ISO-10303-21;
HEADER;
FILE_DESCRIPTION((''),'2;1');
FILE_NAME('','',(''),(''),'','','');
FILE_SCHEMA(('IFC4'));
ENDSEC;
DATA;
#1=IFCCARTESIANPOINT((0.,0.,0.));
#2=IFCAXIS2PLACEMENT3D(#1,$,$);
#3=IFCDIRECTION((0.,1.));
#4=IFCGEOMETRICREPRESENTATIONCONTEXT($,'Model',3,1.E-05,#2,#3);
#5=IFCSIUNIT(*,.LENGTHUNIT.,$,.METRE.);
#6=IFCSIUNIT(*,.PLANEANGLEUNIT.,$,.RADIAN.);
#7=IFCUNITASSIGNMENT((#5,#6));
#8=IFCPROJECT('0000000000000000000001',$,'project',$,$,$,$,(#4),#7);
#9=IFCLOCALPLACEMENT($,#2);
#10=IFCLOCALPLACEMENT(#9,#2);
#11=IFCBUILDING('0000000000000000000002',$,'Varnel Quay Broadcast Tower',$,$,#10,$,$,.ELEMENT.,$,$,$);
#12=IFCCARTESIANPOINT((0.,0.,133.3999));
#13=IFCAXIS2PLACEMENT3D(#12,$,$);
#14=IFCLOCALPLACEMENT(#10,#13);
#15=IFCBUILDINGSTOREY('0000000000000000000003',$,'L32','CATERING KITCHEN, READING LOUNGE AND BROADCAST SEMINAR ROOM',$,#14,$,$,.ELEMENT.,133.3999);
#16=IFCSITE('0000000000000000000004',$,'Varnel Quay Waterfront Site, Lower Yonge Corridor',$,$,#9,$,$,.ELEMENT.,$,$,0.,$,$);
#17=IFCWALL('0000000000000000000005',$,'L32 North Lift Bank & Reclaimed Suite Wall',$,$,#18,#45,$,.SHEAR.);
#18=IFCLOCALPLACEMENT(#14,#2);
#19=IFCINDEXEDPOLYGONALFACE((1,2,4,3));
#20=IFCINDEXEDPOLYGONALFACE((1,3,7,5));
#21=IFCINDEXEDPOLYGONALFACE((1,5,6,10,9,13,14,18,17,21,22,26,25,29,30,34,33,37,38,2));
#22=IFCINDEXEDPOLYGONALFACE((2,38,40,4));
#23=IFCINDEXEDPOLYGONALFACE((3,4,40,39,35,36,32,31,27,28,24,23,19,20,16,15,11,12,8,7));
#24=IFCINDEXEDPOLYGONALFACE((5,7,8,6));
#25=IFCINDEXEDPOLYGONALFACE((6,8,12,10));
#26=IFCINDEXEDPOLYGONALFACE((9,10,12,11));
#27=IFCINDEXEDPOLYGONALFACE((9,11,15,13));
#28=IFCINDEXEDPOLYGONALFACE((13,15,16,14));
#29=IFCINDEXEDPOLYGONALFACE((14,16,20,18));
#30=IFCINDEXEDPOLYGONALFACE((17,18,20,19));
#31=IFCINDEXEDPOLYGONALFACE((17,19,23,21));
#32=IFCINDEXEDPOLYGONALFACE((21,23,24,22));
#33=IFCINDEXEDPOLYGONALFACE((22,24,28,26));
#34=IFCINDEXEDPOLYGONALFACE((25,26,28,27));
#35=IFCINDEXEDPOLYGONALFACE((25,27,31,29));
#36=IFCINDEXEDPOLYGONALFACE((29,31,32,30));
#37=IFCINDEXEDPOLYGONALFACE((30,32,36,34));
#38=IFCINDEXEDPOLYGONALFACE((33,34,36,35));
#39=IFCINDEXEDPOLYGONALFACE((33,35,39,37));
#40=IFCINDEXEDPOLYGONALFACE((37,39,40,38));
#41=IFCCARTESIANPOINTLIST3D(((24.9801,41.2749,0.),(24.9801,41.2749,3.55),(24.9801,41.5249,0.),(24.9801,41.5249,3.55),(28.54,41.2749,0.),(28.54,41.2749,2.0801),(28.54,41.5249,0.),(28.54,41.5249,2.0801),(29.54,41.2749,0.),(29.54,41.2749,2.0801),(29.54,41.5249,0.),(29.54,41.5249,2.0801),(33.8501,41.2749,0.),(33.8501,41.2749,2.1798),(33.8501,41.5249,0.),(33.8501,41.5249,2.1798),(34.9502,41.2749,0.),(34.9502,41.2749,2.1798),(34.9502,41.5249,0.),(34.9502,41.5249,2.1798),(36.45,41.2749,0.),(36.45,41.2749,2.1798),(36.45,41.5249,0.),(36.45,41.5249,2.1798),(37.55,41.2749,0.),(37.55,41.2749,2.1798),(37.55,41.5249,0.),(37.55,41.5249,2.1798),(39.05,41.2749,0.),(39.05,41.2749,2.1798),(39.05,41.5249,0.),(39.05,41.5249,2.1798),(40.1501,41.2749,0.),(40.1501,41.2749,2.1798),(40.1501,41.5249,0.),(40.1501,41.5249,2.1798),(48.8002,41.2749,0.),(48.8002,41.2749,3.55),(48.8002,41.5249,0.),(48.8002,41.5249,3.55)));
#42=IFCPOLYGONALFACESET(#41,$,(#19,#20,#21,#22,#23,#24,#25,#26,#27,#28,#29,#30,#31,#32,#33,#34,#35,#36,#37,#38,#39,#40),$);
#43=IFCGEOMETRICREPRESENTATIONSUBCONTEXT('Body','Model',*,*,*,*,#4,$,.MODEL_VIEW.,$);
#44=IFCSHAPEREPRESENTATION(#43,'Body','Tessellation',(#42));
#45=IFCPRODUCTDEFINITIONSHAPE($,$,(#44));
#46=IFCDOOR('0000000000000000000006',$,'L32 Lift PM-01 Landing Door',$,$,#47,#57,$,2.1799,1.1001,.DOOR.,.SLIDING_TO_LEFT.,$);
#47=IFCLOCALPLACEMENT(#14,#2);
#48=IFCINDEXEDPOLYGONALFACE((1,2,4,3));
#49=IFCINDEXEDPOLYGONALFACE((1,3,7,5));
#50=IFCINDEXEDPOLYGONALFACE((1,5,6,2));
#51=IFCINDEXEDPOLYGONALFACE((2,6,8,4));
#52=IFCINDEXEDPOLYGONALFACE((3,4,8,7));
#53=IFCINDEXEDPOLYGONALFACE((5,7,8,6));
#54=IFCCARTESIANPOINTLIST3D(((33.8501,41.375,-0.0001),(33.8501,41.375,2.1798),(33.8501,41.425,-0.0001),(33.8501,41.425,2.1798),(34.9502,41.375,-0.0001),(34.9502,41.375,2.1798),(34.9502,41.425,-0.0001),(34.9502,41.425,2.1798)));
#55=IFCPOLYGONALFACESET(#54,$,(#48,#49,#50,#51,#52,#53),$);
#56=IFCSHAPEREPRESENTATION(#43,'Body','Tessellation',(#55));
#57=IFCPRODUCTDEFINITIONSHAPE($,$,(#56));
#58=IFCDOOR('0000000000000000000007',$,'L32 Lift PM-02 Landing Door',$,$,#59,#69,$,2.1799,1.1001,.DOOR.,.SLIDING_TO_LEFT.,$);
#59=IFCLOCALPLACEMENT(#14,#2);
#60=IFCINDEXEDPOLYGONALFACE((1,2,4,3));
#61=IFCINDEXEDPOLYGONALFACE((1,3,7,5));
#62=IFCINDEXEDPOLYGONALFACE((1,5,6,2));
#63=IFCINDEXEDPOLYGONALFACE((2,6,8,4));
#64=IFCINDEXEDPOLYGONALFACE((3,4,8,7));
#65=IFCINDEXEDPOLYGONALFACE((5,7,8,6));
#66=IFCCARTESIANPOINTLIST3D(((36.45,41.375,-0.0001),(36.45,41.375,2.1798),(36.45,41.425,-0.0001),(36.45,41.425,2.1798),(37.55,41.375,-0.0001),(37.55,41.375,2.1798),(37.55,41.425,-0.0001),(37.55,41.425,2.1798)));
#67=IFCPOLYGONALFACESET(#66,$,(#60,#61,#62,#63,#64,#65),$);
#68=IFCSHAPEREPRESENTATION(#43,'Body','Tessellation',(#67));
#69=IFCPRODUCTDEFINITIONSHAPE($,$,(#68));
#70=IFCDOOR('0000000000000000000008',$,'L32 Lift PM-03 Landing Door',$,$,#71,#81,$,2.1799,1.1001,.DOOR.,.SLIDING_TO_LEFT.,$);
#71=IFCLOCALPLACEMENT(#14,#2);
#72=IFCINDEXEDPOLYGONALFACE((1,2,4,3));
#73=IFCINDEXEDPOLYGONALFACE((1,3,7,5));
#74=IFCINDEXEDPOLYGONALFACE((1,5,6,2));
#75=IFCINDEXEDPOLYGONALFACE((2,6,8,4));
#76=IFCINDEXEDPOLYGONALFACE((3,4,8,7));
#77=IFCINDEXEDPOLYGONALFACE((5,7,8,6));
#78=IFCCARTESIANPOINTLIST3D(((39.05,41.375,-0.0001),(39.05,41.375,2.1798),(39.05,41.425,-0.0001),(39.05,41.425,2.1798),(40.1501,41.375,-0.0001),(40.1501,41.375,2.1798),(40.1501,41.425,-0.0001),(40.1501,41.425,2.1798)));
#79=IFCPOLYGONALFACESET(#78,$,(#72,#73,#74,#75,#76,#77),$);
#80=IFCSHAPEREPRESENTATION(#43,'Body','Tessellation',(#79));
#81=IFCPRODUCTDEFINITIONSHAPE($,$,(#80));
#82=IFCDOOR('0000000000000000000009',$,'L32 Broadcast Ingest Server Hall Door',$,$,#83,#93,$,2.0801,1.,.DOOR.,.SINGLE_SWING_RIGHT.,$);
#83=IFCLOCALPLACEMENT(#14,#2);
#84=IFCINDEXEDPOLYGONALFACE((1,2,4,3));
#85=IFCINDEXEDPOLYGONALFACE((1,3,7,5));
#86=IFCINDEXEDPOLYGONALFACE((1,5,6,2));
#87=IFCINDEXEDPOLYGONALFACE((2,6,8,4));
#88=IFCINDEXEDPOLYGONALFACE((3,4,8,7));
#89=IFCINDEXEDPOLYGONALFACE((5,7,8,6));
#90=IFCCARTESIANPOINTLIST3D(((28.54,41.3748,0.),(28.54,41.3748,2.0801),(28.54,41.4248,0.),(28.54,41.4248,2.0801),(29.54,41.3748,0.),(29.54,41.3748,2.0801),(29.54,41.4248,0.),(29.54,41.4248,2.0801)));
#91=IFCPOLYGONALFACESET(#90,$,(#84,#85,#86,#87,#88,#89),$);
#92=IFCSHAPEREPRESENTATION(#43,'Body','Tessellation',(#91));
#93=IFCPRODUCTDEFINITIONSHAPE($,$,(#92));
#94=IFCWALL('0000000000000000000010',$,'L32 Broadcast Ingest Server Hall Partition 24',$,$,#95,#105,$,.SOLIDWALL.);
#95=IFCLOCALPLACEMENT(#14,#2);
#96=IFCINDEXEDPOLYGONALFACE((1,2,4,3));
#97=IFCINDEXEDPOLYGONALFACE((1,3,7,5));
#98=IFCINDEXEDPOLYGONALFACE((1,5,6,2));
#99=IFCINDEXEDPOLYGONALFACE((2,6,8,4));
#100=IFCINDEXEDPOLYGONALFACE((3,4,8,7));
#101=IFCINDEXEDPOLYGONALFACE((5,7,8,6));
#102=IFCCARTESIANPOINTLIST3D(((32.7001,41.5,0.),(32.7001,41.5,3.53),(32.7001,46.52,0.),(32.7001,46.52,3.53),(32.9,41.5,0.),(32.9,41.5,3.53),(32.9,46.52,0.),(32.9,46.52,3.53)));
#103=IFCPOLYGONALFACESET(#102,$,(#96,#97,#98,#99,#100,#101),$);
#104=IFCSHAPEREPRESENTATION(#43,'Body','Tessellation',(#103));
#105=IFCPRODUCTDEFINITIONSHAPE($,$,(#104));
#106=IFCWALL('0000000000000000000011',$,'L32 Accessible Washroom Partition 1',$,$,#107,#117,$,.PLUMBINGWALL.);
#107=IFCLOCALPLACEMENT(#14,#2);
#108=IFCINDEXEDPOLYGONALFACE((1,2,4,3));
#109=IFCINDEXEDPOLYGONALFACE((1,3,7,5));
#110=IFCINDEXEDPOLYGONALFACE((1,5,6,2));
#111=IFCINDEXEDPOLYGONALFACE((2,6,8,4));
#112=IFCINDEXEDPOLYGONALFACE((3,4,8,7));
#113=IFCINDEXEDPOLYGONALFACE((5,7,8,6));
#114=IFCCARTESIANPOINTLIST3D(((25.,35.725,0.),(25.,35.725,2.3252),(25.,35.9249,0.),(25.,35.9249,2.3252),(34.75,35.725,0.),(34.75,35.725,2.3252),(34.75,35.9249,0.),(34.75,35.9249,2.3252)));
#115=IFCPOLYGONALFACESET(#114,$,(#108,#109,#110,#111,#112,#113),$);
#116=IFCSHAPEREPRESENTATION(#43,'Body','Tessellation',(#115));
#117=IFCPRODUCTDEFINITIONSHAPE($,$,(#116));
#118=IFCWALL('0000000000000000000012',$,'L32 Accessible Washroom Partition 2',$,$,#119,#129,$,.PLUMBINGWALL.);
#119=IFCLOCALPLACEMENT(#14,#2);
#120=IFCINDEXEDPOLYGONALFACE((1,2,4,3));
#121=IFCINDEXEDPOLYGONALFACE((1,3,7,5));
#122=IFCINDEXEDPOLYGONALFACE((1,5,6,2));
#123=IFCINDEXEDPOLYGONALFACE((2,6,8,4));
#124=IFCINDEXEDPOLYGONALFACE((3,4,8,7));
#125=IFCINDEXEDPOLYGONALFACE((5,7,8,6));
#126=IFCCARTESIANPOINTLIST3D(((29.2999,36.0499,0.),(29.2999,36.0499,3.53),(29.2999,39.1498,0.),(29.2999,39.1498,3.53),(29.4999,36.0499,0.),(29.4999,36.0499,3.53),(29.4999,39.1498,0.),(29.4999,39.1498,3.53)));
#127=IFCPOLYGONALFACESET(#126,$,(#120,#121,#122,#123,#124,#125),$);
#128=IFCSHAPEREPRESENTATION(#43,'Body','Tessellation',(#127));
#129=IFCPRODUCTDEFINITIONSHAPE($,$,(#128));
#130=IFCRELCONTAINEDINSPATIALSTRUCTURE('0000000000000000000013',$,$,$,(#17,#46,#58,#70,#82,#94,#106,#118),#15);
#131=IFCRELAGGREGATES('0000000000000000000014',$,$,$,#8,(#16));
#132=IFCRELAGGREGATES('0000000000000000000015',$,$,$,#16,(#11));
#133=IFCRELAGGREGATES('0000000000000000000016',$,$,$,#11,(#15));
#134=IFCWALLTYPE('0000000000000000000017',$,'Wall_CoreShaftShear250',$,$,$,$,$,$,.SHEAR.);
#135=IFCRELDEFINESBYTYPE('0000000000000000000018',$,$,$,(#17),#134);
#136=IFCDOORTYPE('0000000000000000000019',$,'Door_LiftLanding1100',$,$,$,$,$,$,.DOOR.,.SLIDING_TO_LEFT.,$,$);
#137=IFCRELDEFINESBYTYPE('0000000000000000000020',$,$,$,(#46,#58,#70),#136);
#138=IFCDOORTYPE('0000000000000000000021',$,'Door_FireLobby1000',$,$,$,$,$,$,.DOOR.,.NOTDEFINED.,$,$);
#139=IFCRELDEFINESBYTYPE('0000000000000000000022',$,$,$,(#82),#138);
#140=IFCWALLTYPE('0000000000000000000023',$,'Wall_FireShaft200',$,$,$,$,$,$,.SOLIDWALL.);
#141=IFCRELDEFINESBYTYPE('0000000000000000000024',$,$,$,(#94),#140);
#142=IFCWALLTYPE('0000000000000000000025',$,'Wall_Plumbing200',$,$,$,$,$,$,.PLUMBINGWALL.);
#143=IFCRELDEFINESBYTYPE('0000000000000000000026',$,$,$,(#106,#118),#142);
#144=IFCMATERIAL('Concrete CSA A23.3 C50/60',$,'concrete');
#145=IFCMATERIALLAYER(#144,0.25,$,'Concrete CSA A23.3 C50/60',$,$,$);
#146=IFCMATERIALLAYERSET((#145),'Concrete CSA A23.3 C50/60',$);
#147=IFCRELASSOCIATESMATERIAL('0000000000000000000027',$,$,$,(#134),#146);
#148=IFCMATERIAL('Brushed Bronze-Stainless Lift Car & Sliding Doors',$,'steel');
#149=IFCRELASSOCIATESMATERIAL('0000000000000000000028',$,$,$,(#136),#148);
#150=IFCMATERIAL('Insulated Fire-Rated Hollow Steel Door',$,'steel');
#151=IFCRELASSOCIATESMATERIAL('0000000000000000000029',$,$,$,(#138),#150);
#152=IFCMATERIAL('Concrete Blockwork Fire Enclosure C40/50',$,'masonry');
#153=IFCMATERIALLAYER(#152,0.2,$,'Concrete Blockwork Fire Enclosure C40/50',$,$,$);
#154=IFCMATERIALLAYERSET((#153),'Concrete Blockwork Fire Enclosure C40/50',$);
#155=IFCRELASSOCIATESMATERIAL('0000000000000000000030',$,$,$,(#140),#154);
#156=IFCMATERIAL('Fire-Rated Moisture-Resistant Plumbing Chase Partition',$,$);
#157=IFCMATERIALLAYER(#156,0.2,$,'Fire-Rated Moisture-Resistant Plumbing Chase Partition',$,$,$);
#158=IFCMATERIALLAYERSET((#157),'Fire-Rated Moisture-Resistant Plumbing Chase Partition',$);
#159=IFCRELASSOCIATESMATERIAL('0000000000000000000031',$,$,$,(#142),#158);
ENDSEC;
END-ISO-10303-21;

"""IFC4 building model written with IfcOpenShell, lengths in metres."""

from ifc_helpers import new_model, si_unit, direction, frame, frame_2d, origin, place, context, subcontext, project, spatial, rectangle, extrude, source, transform, mapped, material, layer, layer_set, type_object, type_shapes, element, fill, save


model = new_model("IFC4")

# Units and contexts
model_context = context("Model", 3, precision=1e-05, world=origin(), true_north=direction((0.0, 1.0)))
body_context = subcontext(model_context, "Body", "Model", "MODEL_VIEW")
ifc_project = project(units=[si_unit("LENGTHUNIT", "METRE"), si_unit("PLANEANGLEUNIT", "RADIAN")], contexts=[model_context])

# Site, building, storey
site_placement = place(None, origin())
site = spatial("IfcSite", under=ifc_project, at=site_placement, Name="Varnel Quay Waterfront Site, Lower Yonge Corridor", CompositionType="ELEMENT", RefElevation=0.0)
building_placement = place(site_placement, origin())
building = spatial("IfcBuilding", under=site, at=building_placement, Name="Varnel Quay Broadcast Tower", CompositionType="ELEMENT")
storey_placement = place(building_placement, frame((0.0, 0.0, 133.3999)))
storey = spatial("IfcBuildingStorey", under=building, at=storey_placement, Name="L32", Description="CATERING KITCHEN, READING LOUNGE AND BROADCAST SEMINAR ROOM", CompositionType="ELEMENT", Elevation=133.3999)

# Shared definitions
ifc_material_1 = material(Name="Concrete CSA A23.3 C50/60", Category="concrete")

# Wall, openings, doors
ifc_layer_1 = layer(ifc_material_1, 0.25, Name="Concrete CSA A23.3 C50/60")
ifc_layer_set_1 = layer_set([ifc_layer_1], Name="Concrete CSA A23.3 C50/60")
wall_type_1 = type_object("IfcWallType", Name="Wall_CoreShaftShear250", PredefinedType="SHEAR", material=ifc_layer_set_1)
wall_1_placement = place(storey_placement, frame((24.98, 41.3999, 0.0), z_axis=(0.0, 0.0, 1.0), x_axis=(1.0, 0.0, 0.0)))
wall_1 = element("IfcWall", 1, at=wall_1_placement, inside=storey, type_object=wall_type_1, Name="L32 North Lift Bank & Reclaimed Suite Wall", PredefinedType="SHEAR", context=body_context, shape_type="SweptSolid", body=[
    extrude(rectangle(XDim=23.8201, YDim=0.25, at=frame_2d((11.9102, 0.0))), origin(), (0.0, 0.0, 1.0), 3.55),
])
opening_1_placement = place(wall_1_placement, frame((8.8701, 0.0, 0.0)))
opening_1 = element("IfcOpeningElement", 2, at=opening_1_placement, cuts=wall_1, PredefinedType="OPENING", context=body_context, shape_type="SweptSolid", body=[
    extrude(rectangle(XDim=1.1001, YDim=2.1799, at=frame_2d((0.55, 1.0898))), frame((0.0, 0.135, 0.0), z_axis=(0.0, -1.0, 0.0), x_axis=(1.0, 0.0, 0.0)), (0.0, 0.0, 1.0), 0.27),
])
opening_2_placement = place(wall_1_placement, frame((11.47, 0.0, 0.0)))
opening_2 = element("IfcOpeningElement", 3, at=opening_2_placement, cuts=wall_1, PredefinedType="OPENING", context=body_context, shape_type="SweptSolid", body=[
    extrude(rectangle(XDim=1.1001, YDim=2.1799, at=frame_2d((0.55, 1.0898))), frame((0.0, 0.135, 0.0), z_axis=(0.0, -1.0, 0.0), x_axis=(1.0, 0.0, 0.0)), (0.0, 0.0, 1.0), 0.27),
])
opening_3_placement = place(wall_1_placement, frame((14.0701, 0.0, 0.0)))
opening_3 = element("IfcOpeningElement", 4, at=opening_3_placement, cuts=wall_1, PredefinedType="OPENING", context=body_context, shape_type="SweptSolid", body=[
    extrude(rectangle(XDim=1.1001, YDim=2.1799, at=frame_2d((0.55, 1.0898))), frame((0.0, 0.135, 0.0), z_axis=(0.0, -1.0, 0.0), x_axis=(1.0, 0.0, 0.0)), (0.0, 0.0, 1.0), 0.27),
])
opening_4_placement = place(wall_1_placement, frame((3.5601, 0.0, 0.0)))
opening_4 = element("IfcOpeningElement", 5, at=opening_4_placement, cuts=wall_1, PredefinedType="OPENING", context=body_context, shape_type="SweptSolid", body=[
    extrude(rectangle(XDim=1.0, YDim=2.0801, at=frame_2d((0.5, 1.04))), frame((0.0, 0.135, 0.0), z_axis=(0.0, -1.0, 0.0), x_axis=(1.0, 0.0, 0.0)), (0.0, 0.0, 1.0), 0.27),
])
ifc_material_2 = material(Name="Brushed Bronze-Stainless Lift Car & Sliding Doors", Category="steel")
door_type_1 = type_object("IfcDoorType", Name="Door_LiftLanding1100", OperationType="SLIDING_TO_LEFT", PredefinedType="DOOR", material=ifc_material_2)
shared_shape_1 = source(origin(), body_context, "Body", "SweptSolid", [
    extrude(rectangle(XDim=1.1001, YDim=2.1799, at=frame_2d((0.55, 1.0898))), frame((0.0, 0.0249, 0.0), z_axis=(0.0, -1.0, 0.0), x_axis=(1.0, 0.0, 0.0)), (0.0, 0.0, 1.0), 0.05),
])
type_shapes(door_type_1, [shared_shape_1])
door_1_placement = place(opening_1_placement, frame((1.1001, 0.0, 0.0), z_axis=(0.0, 0.0, 1.0), x_axis=(-1.0, 0.0, 0.0)))
door_1 = element("IfcDoor", 6, at=door_1_placement, inside=storey, type_object=door_type_1, Name="L32 Lift PM-01 Landing Door", OperationType="SLIDING_TO_LEFT", OverallHeight=2.1799, OverallWidth=1.1001, PredefinedType="DOOR", context=body_context, shape_type="MappedRepresentation", body=[
    mapped(shared_shape_1, transform((0.0, 0.0, 0.0), x_axis=(1.0, 0.0, 0.0), y_axis=(0.0, 1.0, 0.0), z_axis=(0.0, 0.0, 1.0), scale=1.0)),
])
fill(opening_1, door_1)
door_2_placement = place(opening_2_placement, frame((1.1001, 0.0, 0.0), z_axis=(0.0, 0.0, 1.0), x_axis=(-1.0, 0.0, 0.0)))
door_2 = element("IfcDoor", 7, at=door_2_placement, inside=storey, type_object=door_type_1, Name="L32 Lift PM-02 Landing Door", OperationType="SLIDING_TO_LEFT", OverallHeight=2.1799, OverallWidth=1.1001, PredefinedType="DOOR", context=body_context, shape_type="MappedRepresentation", body=[
    mapped(shared_shape_1, transform((0.0, 0.0, 0.0), x_axis=(1.0, 0.0, 0.0), y_axis=(0.0, 1.0, 0.0), z_axis=(0.0, 0.0, 1.0), scale=1.0)),
])
fill(opening_2, door_2)
door_3_placement = place(opening_3_placement, frame((1.1001, 0.0, 0.0), z_axis=(0.0, 0.0, 1.0), x_axis=(-1.0, 0.0, 0.0)))
door_3 = element("IfcDoor", 8, at=door_3_placement, inside=storey, type_object=door_type_1, Name="L32 Lift PM-03 Landing Door", OperationType="SLIDING_TO_LEFT", OverallHeight=2.1799, OverallWidth=1.1001, PredefinedType="DOOR", context=body_context, shape_type="MappedRepresentation", body=[
    mapped(shared_shape_1, transform((0.0, 0.0, 0.0), x_axis=(1.0, 0.0, 0.0), y_axis=(0.0, 1.0, 0.0), z_axis=(0.0, 0.0, 1.0), scale=1.0)),
])
fill(opening_3, door_3)
ifc_material_3 = material(Name="Insulated Fire-Rated Hollow Steel Door", Category="steel")
door_type_2 = type_object("IfcDoorType", Name="Door_FireLobby1000", OperationType="NOTDEFINED", PredefinedType="DOOR", material=ifc_material_3)
shared_shape_2 = source(origin(), body_context, "Body", "SweptSolid", [
    extrude(rectangle(XDim=1.0, YDim=2.0801, at=frame_2d((0.5, 1.04))), frame((0.0, 0.0249, 0.0), z_axis=(0.0, -1.0, 0.0), x_axis=(1.0, 0.0, 0.0)), (0.0, 0.0, 1.0), 0.05),
])
type_shapes(door_type_2, [shared_shape_2])
door_4_placement = place(opening_4_placement, origin())
door_4 = element("IfcDoor", 9, at=door_4_placement, inside=storey, type_object=door_type_2, Name="L32 Broadcast Ingest Server Hall Door", OperationType="SINGLE_SWING_RIGHT", OverallHeight=2.0801, OverallWidth=1.0, PredefinedType="DOOR", context=body_context, shape_type="MappedRepresentation", body=[
    mapped(shared_shape_2, transform((0.0, 0.0, 0.0), x_axis=(1.0, 0.0, 0.0), y_axis=(0.0, 1.0, 0.0), z_axis=(0.0, 0.0, 1.0), scale=1.0)),
])
fill(opening_4, door_4)

# Walls
ifc_material_4 = material(Name="Concrete Blockwork Fire Enclosure C40/50", Category="masonry")
ifc_layer_2 = layer(ifc_material_4, 0.2, Name="Concrete Blockwork Fire Enclosure C40/50")
ifc_layer_set_2 = layer_set([ifc_layer_2], Name="Concrete Blockwork Fire Enclosure C40/50")
wall_type_2 = type_object("IfcWallType", Name="Wall_FireShaft200", PredefinedType="SOLIDWALL", material=ifc_layer_set_2)
wall_2_placement = place(storey_placement, frame((32.8, 41.5, 0.0), z_axis=(0.0, 0.0, 1.0), x_axis=(0.0, 1.0, 0.0)))
element("IfcWall", 10, at=wall_2_placement, inside=storey, type_object=wall_type_2, Name="L32 Broadcast Ingest Server Hall Partition 24", PredefinedType="SOLIDWALL", context=body_context, shape_type="SweptSolid", body=[
    extrude(rectangle(XDim=5.02, YDim=0.2, at=frame_2d((2.51, 0.0))), origin(), (0.0, 0.0, 1.0), 3.53),
])
ifc_material_5 = material(Name="Fire-Rated Moisture-Resistant Plumbing Chase Partition")
ifc_layer_3 = layer(ifc_material_5, 0.2, Name="Fire-Rated Moisture-Resistant Plumbing Chase Partition")
ifc_layer_set_3 = layer_set([ifc_layer_3], Name="Fire-Rated Moisture-Resistant Plumbing Chase Partition")
wall_type_3 = type_object("IfcWallType", Name="Wall_Plumbing200", PredefinedType="PLUMBINGWALL", material=ifc_layer_set_3)
wall_3_placement = place(storey_placement, frame((25.0, 35.825, 0.0), z_axis=(0.0, 0.0, 1.0), x_axis=(1.0, 0.0, 0.0)))
element("IfcWall", 11, at=wall_3_placement, inside=storey, type_object=wall_type_3, Name="L32 Accessible Washroom Partition 1", PredefinedType="PLUMBINGWALL", context=body_context, shape_type="SweptSolid", body=[
    extrude(rectangle(XDim=9.75, YDim=0.2, at=frame_2d((4.875, 0.0))), origin(), (0.0, 0.0, 1.0), 2.3252),
])
wall_4_placement = place(storey_placement, frame((29.3999, 36.05, 0.0), z_axis=(0.0, 0.0, 1.0), x_axis=(0.0, 1.0, 0.0)))
element("IfcWall", 12, at=wall_4_placement, inside=storey, type_object=wall_type_3, Name="L32 Accessible Washroom Partition 2", PredefinedType="PLUMBINGWALL", context=body_context, shape_type="SweptSolid", body=[
    extrude(rectangle(XDim=3.0999, YDim=0.2, at=frame_2d((1.5498, 0.0))), origin(), (0.0, 0.0, 1.0), 3.53),
])

save(model, "model.ifc")
